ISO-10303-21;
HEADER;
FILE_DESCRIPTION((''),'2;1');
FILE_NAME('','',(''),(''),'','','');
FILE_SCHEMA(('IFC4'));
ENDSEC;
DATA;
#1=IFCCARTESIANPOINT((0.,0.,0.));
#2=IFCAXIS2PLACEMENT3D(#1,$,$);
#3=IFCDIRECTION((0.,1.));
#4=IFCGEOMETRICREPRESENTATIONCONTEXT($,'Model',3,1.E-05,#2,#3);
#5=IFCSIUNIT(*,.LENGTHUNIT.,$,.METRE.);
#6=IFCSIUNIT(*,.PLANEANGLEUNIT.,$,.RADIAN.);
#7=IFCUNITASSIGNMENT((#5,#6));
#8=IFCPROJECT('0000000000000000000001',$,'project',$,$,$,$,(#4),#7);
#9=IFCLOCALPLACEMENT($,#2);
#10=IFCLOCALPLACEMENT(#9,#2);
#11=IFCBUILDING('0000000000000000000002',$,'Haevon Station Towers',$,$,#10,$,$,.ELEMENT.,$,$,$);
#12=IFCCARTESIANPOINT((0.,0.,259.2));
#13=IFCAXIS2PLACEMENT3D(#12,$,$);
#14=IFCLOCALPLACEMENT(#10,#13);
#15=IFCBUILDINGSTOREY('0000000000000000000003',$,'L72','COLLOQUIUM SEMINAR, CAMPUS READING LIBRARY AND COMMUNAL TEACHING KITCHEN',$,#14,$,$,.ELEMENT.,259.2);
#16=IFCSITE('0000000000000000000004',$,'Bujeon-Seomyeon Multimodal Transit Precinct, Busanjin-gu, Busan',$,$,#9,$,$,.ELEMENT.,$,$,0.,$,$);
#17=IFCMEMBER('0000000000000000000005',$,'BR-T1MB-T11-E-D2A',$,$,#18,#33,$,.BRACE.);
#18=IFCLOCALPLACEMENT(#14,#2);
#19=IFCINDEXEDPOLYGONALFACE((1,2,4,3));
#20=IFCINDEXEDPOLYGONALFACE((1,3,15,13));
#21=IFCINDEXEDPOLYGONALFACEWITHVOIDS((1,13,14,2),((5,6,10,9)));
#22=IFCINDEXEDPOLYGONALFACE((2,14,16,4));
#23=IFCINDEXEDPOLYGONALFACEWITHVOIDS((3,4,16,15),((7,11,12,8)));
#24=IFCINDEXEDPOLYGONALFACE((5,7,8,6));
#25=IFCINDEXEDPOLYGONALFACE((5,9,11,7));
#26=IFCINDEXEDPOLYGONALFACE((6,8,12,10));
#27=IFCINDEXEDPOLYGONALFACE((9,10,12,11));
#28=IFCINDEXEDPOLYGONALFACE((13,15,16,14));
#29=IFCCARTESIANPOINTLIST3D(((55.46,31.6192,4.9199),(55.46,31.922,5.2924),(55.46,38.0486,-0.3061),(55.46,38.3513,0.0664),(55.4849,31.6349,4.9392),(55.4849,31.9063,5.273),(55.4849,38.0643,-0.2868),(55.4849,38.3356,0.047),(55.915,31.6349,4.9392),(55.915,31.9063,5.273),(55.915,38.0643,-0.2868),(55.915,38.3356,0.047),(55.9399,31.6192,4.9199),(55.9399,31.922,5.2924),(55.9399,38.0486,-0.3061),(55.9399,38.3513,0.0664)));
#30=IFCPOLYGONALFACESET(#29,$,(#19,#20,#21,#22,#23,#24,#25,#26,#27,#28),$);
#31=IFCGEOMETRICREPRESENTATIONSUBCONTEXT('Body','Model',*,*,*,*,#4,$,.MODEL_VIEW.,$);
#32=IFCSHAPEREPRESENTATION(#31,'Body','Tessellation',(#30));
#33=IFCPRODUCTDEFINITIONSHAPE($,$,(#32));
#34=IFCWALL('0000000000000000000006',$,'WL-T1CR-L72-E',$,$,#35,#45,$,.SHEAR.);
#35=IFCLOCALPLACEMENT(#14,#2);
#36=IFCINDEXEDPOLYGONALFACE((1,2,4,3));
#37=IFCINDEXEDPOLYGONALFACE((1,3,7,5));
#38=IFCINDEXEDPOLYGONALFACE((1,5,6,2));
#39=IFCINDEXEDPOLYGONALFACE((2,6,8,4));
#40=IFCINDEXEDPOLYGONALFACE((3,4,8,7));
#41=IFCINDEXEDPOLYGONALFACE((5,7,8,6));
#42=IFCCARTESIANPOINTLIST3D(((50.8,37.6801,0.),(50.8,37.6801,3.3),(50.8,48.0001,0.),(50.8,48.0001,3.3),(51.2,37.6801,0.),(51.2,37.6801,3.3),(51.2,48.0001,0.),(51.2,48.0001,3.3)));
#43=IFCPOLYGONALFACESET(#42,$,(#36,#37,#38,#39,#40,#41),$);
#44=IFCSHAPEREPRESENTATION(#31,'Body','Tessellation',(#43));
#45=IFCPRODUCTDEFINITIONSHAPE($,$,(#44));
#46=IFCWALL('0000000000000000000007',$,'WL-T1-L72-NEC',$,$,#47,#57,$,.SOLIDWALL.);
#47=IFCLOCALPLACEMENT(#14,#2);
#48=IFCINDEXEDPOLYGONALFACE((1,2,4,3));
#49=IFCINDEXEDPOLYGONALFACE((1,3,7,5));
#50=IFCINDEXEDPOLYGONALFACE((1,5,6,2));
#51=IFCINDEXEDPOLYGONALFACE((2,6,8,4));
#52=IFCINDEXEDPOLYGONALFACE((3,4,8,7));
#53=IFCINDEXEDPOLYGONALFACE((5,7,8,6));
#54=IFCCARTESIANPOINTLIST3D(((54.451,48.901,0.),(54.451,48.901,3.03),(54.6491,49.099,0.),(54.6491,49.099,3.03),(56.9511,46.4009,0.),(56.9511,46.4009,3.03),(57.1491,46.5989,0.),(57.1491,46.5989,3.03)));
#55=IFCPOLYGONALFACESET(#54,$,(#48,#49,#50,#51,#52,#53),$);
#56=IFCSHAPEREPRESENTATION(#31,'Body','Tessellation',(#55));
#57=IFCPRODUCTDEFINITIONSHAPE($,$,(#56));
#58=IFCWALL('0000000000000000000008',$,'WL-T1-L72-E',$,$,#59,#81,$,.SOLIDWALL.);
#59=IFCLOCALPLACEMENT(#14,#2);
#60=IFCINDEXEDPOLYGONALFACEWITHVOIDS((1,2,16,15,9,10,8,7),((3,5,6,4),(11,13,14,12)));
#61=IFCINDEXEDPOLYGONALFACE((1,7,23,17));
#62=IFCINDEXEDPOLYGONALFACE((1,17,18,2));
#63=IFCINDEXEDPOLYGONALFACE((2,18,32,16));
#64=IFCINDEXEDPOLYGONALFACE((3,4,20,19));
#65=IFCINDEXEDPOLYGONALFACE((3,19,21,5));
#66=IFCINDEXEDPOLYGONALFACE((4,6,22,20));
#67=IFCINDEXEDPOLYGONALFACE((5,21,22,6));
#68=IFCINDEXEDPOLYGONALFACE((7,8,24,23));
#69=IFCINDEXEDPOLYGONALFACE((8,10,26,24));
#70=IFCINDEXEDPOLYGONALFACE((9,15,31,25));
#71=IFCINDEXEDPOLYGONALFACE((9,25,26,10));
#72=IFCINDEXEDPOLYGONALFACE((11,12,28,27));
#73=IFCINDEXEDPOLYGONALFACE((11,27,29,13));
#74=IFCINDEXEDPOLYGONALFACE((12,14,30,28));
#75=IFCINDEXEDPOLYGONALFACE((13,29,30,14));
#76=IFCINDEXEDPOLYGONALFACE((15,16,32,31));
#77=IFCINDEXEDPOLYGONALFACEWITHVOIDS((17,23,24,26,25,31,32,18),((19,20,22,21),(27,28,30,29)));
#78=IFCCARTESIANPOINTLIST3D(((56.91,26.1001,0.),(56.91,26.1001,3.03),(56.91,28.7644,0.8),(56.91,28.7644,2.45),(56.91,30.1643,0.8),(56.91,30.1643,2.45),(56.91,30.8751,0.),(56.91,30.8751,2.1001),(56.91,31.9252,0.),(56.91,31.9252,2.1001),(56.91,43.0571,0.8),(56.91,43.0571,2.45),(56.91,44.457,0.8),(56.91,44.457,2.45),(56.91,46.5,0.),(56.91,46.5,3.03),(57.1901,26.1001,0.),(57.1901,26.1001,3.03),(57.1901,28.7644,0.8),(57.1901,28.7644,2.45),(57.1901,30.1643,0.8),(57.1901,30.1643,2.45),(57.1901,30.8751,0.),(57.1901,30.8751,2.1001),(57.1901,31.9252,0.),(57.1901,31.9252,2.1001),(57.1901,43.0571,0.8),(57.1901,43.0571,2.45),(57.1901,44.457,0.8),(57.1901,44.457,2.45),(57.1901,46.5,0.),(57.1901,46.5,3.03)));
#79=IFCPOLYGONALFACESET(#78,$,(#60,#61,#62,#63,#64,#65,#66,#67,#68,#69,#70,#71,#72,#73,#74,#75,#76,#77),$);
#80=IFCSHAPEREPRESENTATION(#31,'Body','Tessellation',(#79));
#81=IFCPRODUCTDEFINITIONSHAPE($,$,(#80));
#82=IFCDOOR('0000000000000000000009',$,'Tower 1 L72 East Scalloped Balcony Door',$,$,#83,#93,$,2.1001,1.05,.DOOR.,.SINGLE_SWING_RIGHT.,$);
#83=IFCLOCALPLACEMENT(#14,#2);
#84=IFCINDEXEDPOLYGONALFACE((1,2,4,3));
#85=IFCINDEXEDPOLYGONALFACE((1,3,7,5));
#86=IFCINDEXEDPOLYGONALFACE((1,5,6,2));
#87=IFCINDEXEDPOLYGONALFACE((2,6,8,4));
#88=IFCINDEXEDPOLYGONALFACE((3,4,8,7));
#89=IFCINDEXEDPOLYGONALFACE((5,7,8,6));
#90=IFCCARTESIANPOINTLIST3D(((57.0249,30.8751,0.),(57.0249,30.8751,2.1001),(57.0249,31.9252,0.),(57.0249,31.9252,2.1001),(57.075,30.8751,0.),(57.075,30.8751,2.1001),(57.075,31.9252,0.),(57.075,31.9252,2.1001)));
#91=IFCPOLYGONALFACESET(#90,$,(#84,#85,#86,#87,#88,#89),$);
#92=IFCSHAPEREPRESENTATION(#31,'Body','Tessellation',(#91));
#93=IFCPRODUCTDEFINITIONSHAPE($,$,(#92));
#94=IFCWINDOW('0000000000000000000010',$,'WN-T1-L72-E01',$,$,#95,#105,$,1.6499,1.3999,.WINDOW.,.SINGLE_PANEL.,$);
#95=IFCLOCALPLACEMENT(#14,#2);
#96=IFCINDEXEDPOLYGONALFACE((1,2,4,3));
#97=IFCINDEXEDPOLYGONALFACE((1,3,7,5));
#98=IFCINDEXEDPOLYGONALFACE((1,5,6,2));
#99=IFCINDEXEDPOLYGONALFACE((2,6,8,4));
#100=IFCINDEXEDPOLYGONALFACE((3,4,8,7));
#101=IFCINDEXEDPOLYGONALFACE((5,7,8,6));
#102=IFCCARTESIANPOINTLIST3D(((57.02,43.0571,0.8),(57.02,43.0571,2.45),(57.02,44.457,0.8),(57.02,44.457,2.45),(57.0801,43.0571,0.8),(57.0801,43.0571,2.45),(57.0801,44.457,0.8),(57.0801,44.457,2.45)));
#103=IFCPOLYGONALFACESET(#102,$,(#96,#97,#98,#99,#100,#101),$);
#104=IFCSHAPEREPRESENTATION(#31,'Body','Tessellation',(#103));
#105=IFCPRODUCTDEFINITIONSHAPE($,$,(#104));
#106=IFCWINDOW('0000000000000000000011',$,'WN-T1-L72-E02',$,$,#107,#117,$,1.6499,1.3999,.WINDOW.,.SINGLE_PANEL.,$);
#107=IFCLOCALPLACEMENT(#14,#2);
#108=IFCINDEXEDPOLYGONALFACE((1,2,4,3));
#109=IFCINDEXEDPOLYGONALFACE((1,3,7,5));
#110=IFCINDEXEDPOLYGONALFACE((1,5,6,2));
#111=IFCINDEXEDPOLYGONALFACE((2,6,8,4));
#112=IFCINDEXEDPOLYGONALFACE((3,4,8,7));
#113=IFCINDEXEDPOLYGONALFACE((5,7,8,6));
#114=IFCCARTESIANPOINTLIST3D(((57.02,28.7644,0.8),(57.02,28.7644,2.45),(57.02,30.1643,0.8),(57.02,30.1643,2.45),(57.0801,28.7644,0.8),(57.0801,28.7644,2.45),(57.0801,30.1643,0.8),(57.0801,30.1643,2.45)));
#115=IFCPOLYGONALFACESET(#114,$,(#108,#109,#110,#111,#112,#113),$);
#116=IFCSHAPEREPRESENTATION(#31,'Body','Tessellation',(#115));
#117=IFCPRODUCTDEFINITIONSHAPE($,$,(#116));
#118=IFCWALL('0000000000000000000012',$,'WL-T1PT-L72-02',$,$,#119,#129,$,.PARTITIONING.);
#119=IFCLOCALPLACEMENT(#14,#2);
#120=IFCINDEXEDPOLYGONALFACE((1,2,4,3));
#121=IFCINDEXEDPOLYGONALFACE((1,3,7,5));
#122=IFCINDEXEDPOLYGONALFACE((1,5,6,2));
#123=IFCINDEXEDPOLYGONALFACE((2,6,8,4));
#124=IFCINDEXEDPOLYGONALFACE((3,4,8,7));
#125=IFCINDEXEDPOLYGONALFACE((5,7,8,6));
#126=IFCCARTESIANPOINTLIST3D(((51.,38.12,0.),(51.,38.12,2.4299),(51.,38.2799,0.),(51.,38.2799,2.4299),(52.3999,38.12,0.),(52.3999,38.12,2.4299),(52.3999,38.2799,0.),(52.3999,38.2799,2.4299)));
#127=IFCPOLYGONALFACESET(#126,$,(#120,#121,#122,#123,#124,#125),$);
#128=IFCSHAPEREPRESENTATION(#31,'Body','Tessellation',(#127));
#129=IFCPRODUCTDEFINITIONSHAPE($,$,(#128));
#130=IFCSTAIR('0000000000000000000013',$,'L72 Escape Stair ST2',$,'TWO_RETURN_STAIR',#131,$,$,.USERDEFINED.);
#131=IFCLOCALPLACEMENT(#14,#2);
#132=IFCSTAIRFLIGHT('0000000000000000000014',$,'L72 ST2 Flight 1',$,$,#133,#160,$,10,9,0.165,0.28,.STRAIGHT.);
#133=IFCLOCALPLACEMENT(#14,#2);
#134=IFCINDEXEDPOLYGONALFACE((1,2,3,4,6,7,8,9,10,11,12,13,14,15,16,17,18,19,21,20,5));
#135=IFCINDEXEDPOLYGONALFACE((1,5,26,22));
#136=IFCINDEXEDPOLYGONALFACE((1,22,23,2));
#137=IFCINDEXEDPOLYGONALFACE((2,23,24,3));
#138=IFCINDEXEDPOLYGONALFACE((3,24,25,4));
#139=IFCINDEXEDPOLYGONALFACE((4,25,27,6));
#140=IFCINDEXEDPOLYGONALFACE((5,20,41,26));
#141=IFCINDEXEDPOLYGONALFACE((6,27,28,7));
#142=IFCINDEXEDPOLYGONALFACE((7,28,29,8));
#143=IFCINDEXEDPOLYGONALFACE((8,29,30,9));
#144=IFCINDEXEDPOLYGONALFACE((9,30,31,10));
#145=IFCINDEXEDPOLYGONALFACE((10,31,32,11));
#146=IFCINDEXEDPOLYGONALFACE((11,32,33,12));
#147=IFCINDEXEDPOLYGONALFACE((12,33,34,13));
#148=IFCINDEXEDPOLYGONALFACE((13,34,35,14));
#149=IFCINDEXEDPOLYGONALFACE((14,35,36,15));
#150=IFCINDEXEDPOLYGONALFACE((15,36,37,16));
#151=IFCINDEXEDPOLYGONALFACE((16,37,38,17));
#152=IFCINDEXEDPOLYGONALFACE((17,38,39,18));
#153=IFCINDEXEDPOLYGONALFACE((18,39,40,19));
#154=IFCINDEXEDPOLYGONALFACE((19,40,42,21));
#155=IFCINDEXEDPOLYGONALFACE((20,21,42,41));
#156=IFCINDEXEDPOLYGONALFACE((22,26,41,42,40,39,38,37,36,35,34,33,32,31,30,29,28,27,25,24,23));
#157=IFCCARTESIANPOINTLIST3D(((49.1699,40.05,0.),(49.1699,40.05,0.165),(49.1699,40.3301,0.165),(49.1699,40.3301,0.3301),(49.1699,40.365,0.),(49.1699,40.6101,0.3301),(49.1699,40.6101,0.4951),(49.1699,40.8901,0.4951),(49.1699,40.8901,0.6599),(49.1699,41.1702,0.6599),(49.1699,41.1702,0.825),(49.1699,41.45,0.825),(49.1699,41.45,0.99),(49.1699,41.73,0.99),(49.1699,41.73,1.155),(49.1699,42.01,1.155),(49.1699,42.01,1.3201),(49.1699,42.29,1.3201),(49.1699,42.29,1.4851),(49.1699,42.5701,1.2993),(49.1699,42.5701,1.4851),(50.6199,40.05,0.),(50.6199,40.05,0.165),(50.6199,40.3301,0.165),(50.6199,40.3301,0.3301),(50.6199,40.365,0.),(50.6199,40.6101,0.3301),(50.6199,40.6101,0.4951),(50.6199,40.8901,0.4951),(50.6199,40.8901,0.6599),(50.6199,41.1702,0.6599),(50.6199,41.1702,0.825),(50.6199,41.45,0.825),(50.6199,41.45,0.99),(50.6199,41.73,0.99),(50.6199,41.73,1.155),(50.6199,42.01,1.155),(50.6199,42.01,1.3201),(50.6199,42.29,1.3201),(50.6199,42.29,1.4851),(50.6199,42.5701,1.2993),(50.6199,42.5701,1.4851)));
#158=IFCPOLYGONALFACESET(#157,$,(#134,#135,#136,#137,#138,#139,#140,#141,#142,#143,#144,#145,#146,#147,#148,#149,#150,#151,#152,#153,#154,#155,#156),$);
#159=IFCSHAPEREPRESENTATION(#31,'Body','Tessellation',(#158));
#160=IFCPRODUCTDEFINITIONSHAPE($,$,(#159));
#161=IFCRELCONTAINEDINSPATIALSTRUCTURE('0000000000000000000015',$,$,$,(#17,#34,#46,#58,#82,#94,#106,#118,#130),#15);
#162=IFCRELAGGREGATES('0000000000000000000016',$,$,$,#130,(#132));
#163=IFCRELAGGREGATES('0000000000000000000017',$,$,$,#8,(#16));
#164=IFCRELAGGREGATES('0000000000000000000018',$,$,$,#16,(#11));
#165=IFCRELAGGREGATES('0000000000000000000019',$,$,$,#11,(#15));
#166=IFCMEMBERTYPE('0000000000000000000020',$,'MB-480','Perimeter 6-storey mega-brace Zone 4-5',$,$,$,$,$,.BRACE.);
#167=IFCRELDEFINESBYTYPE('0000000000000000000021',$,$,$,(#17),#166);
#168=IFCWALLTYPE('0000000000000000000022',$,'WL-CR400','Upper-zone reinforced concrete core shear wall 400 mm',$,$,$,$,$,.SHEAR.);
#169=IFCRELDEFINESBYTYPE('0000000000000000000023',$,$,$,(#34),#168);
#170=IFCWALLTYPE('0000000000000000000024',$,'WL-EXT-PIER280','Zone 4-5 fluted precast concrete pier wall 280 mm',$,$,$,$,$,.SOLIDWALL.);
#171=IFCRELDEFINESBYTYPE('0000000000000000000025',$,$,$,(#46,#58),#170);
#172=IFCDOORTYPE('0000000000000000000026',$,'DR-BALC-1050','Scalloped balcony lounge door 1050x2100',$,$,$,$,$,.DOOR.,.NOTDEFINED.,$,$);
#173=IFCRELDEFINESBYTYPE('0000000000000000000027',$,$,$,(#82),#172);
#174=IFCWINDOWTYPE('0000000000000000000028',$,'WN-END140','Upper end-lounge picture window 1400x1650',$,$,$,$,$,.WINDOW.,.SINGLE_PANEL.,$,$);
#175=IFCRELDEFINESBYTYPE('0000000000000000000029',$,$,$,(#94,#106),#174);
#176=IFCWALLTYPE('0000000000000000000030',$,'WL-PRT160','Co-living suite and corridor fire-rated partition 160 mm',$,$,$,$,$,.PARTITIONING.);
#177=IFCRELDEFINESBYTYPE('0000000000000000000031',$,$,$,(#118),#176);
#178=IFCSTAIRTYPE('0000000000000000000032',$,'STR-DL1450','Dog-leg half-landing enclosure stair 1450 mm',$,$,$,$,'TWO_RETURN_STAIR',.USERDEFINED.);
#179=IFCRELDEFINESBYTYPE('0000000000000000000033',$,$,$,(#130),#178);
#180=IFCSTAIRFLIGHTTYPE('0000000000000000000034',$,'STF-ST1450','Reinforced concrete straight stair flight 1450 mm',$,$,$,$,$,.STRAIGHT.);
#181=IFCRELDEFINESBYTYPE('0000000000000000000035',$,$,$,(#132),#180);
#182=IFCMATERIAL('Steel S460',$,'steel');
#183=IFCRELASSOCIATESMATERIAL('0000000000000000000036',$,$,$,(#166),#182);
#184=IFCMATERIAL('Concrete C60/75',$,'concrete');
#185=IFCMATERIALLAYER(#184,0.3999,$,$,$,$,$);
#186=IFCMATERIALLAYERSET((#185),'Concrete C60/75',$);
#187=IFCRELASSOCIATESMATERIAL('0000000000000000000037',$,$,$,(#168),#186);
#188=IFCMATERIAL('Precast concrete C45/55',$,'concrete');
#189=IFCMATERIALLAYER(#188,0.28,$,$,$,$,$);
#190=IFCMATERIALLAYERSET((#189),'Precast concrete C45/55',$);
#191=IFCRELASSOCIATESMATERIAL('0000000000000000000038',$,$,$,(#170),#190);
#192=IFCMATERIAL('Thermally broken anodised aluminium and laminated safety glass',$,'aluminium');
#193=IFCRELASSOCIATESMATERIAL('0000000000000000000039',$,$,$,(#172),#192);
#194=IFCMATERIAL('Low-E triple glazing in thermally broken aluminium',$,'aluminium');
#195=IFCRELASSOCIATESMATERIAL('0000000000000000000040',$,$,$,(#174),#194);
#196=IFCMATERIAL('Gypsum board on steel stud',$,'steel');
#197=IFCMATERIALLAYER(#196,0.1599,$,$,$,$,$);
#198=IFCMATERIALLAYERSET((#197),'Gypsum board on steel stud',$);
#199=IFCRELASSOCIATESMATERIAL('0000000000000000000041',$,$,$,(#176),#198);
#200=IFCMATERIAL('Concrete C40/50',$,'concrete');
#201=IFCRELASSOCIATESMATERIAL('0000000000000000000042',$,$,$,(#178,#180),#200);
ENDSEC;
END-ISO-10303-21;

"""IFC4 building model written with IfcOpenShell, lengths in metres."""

from ifc_helpers import new_model, si_unit, direction, frame, frame_2d, origin, origin_2d, place, context, subcontext, project, spatial, polyline, rectangle, hollow_rectangle, outline, extrude, material, layer, layer_set, material_profile, profile_set, type_object, element, fill, aggregate, save


model = new_model("IFC4")

# Units and contexts
model_context = context("Model", 3, precision=1e-05, world=origin(), true_north=direction((0.0, 1.0)))
body_context = subcontext(model_context, "Body", "Model", "MODEL_VIEW")
ifc_project = project(units=[si_unit("LENGTHUNIT", "METRE"), si_unit("PLANEANGLEUNIT", "RADIAN")], contexts=[model_context])

# Site, building, storey
site_placement = place(None, origin())
site = spatial("IfcSite", under=ifc_project, at=site_placement, Name="Bujeon-Seomyeon Multimodal Transit Precinct, Busanjin-gu, Busan", CompositionType="ELEMENT", RefElevation=0.0)
building_placement = place(site_placement, origin())
building = spatial("IfcBuilding", under=site, at=building_placement, Name="Haevon Station Towers", CompositionType="ELEMENT")
storey_placement = place(building_placement, frame((0.0, 0.0, 259.2)))
storey = spatial("IfcBuildingStorey", under=building, at=storey_placement, Name="L72", Description="COLLOQUIUM SEMINAR, CAMPUS READING LIBRARY AND COMMUNAL TEACHING KITCHEN", CompositionType="ELEMENT", Elevation=259.2)

# Shared definitions
ifc_material_1 = material(Name="Steel S460", Category="steel")

# Member
ifc_material_profile_1 = material_profile(ifc_material_1, hollow_rectangle(XDim=0.48, YDim=0.48, WallThickness=0.0249, at=origin_2d()), Name="RHS-480x480x25")
ifc_profile_set_1 = profile_set([ifc_material_profile_1], Name="Steel S460")
member_type = type_object("IfcMemberType", Name="MB-480", Description="Perimeter 6-storey mega-brace Zone 4-5", PredefinedType="BRACE", material=ifc_profile_set_1)
member_placement = place(storey_placement, frame((55.7, 38.2, -0.1199), z_axis=(0.0, -0.775987, 0.630749), x_axis=(1.0, 0.0, 0.0)))
element("IfcMember", 1, at=member_placement, inside=storey, type_object=member_type, Name="BR-T1MB-T11-E-D2A", PredefinedType="BRACE", context=body_context, shape_type="SweptSolid", body=[
    extrude(hollow_rectangle(XDim=0.48, YDim=0.48, WallThickness=0.0249, at=origin_2d()), origin(), (0.0, 0.0, 1.0), 8.2854),
])

# Walls
ifc_material_2 = material(Name="Concrete C60/75", Category="concrete")
ifc_layer_1 = layer(ifc_material_2, 0.3999)
ifc_layer_set_1 = layer_set([ifc_layer_1], Name="Concrete C60/75")
wall_type_1 = type_object("IfcWallType", Name="WL-CR400", Description="Upper-zone reinforced concrete core shear wall 400 mm", PredefinedType="SHEAR", material=ifc_layer_set_1)
wall_1_placement = place(storey_placement, frame((51.0, 37.6799, 0.0), z_axis=(0.0, 0.0, 1.0), x_axis=(0.0, 1.0, 0.0)))
element("IfcWall", 2, at=wall_1_placement, inside=storey, type_object=wall_type_1, Name="WL-T1CR-L72-E", PredefinedType="SHEAR", context=body_context, shape_type="SweptSolid", body=[
    extrude(rectangle(XDim=10.3201, YDim=0.3999, at=frame_2d((5.1602, 0.0))), origin(), (0.0, 0.0, 1.0), 3.3),
])
ifc_material_3 = material(Name="Precast concrete C45/55", Category="concrete")
ifc_layer_2 = layer(ifc_material_3, 0.28)
ifc_layer_set_2 = layer_set([ifc_layer_2], Name="Precast concrete C45/55")
wall_type_2 = type_object("IfcWallType", Name="WL-EXT-PIER280", Description="Zone 4-5 fluted precast concrete pier wall 280 mm", PredefinedType="SOLIDWALL", material=ifc_layer_set_2)
wall_2_placement = place(storey_placement, frame((54.55, 49.0, 0.0), z_axis=(0.0, 0.0, 1.0), x_axis=(0.707107, -0.707107, 0.0)))
element("IfcWall", 3, at=wall_2_placement, inside=storey, type_object=wall_type_2, Name="WL-T1-L72-NEC", PredefinedType="SOLIDWALL", context=body_context, shape_type="SweptSolid", body=[
    extrude(rectangle(XDim=3.5356, YDim=0.28, at=frame_2d((1.7678, 0.0))), origin(), (0.0, 0.0, 1.0), 3.03),
])

# Wall, openings, door, windows
wall_3_placement = place(storey_placement, frame((57.05, 46.5, 0.0), z_axis=(0.0, 0.0, 1.0), x_axis=(0.0, -1.0, 0.0)))
wall_3 = element("IfcWall", 4, at=wall_3_placement, inside=storey, type_object=wall_type_2, Name="WL-T1-L72-E", PredefinedType="SOLIDWALL", context=body_context, shape_type="SweptSolid", body=[
    extrude(rectangle(XDim=20.3999, YDim=0.28, at=frame_2d((10.2, 0.0))), origin(), (0.0, 0.0, 1.0), 3.03),
])
opening_1_placement = place(wall_3_placement, frame((14.575, 0.0, 0.0)))
opening_1 = element("IfcOpeningElement", 5, at=opening_1_placement, cuts=wall_3, PredefinedType="OPENING", context=body_context, shape_type="SweptSolid", body=[
    extrude(rectangle(XDim=1.05, YDim=2.1001, at=frame_2d((0.5249, 1.05))), frame((0.0, 0.1499, 0.0), z_axis=(0.0, -1.0, 0.0), x_axis=(1.0, 0.0, 0.0)), (0.0, 0.0, 1.0), 0.3),
])
opening_2_placement = place(wall_3_placement, frame((2.043, 0.0, 0.8)))
opening_2 = element("IfcOpeningElement", 6, at=opening_2_placement, cuts=wall_3, PredefinedType="OPENING", context=body_context, shape_type="SweptSolid", body=[
    extrude(rectangle(XDim=1.3999, YDim=1.6499, at=frame_2d((0.7, 0.825))), frame((0.0, 0.1499, 0.0), z_axis=(0.0, -1.0, 0.0), x_axis=(1.0, 0.0, 0.0)), (0.0, 0.0, 1.0), 0.3),
])
opening_3_placement = place(wall_3_placement, frame((16.3357, 0.0, 0.8)))
opening_3 = element("IfcOpeningElement", 7, at=opening_3_placement, cuts=wall_3, PredefinedType="OPENING", context=body_context, shape_type="SweptSolid", body=[
    extrude(rectangle(XDim=1.3999, YDim=1.6499, at=frame_2d((0.7, 0.825))), frame((0.0, 0.1499, 0.0), z_axis=(0.0, -1.0, 0.0), x_axis=(1.0, 0.0, 0.0)), (0.0, 0.0, 1.0), 0.3),
])
ifc_material_4 = material(Name="Thermally broken anodised aluminium and laminated safety glass", Category="aluminium")
door_type = type_object("IfcDoorType", Name="DR-BALC-1050", Description="Scalloped balcony lounge door 1050x2100", OperationType="NOTDEFINED", PredefinedType="DOOR", material=ifc_material_4)
door_placement = place(opening_1_placement, origin())
door = element("IfcDoor", 8, at=door_placement, inside=storey, type_object=door_type, Name="Tower 1 L72 East Scalloped Balcony Door", OperationType="SINGLE_SWING_RIGHT", OverallHeight=2.1001, OverallWidth=1.05, PredefinedType="DOOR", context=body_context, shape_type="SweptSolid", body=[
    extrude(rectangle(XDim=1.05, YDim=2.1001, at=frame_2d((0.5249, 1.05))), frame((0.0, 0.0249, 0.0), z_axis=(0.0, -1.0, 0.0), x_axis=(1.0, 0.0, 0.0)), (0.0, 0.0, 1.0), 0.05),
])
fill(opening_1, door)
ifc_material_5 = material(Name="Low-E triple glazing in thermally broken aluminium", Category="aluminium")
window_type = type_object("IfcWindowType", Name="WN-END140", Description="Upper end-lounge picture window 1400x1650", PartitioningType="SINGLE_PANEL", PredefinedType="WINDOW", material=ifc_material_5)
window_1_placement = place(opening_2_placement, origin())
window_1 = element("IfcWindow", 9, at=window_1_placement, inside=storey, type_object=window_type, Name="WN-T1-L72-E01", OverallHeight=1.6499, OverallWidth=1.3999, PartitioningType="SINGLE_PANEL", PredefinedType="WINDOW", context=body_context, shape_type="SweptSolid", body=[
    extrude(rectangle(XDim=1.3999, YDim=1.6499, at=frame_2d((0.7, 0.825))), frame((0.0, 0.03, 0.0), z_axis=(0.0, -1.0, 0.0), x_axis=(1.0, 0.0, 0.0)), (0.0, 0.0, 1.0), 0.0601),
])
fill(opening_2, window_1)
window_2_placement = place(opening_3_placement, origin())
window_2 = element("IfcWindow", 10, at=window_2_placement, inside=storey, type_object=window_type, Name="WN-T1-L72-E02", OverallHeight=1.6499, OverallWidth=1.3999, PartitioningType="SINGLE_PANEL", PredefinedType="WINDOW", context=body_context, shape_type="SweptSolid", body=[
    extrude(rectangle(XDim=1.3999, YDim=1.6499, at=frame_2d((0.7, 0.825))), frame((0.0, 0.03, 0.0), z_axis=(0.0, -1.0, 0.0), x_axis=(1.0, 0.0, 0.0)), (0.0, 0.0, 1.0), 0.0601),
])
fill(opening_3, window_2)

# Wall
ifc_material_6 = material(Name="Gypsum board on steel stud", Category="steel")
ifc_layer_3 = layer(ifc_material_6, 0.1599)
ifc_layer_set_3 = layer_set([ifc_layer_3], Name="Gypsum board on steel stud")
wall_type_3 = type_object("IfcWallType", Name="WL-PRT160", Description="Co-living suite and corridor fire-rated partition 160 mm", PredefinedType="PARTITIONING", material=ifc_layer_set_3)
wall_4_placement = place(storey_placement, frame((51.0, 38.2, 0.0), z_axis=(0.0, 0.0, 1.0), x_axis=(1.0, 0.0, 0.0)))
element("IfcWall", 11, at=wall_4_placement, inside=storey, type_object=wall_type_3, Name="WL-T1PT-L72-02", PredefinedType="PARTITIONING", context=body_context, shape_type="SweptSolid", body=[
    extrude(rectangle(XDim=1.3999, YDim=0.1599, at=frame_2d((0.7, 0.0))), origin(), (0.0, 0.0, 1.0), 2.4299),
])

# Stair, stair flight
ifc_material_7 = material(Name="Concrete C40/50", Category="concrete")
stair_type = type_object("IfcStairType", Name="STR-DL1450", Description="Dog-leg half-landing enclosure stair 1450 mm", ElementType="TWO_RETURN_STAIR", PredefinedType="USERDEFINED", material=ifc_material_7)
stair_placement = place(storey_placement, origin())
stair = element("IfcStair", 12, at=stair_placement, inside=storey, type_object=stair_type, Name="L72 Escape Stair ST2", ObjectType="TWO_RETURN_STAIR", PredefinedType="USERDEFINED")
stair_flight_type = type_object("IfcStairFlightType", Name="STF-ST1450", Description="Reinforced concrete straight stair flight 1450 mm", PredefinedType="STRAIGHT", material=ifc_material_7)
stair_flight_1_placement = place(storey_placement, frame((49.895, 40.05, 0.0), z_axis=(0.0, 0.0, 1.0), x_axis=(0.0, 1.0, 0.0)))
stair_flight_1 = element("IfcStairFlight", 13, at=stair_flight_1_placement, type_object=stair_flight_type, Name="L72 ST2 Flight 1", NumberOfRisers=10, NumberOfTreads=9, PredefinedType="STRAIGHT", RiserHeight=0.165, TreadLength=0.28, context=body_context, shape_type="SweptSolid", body=[
    extrude(outline(polyline([(0.0, 0.0), (0.0, 0.165), (0.28, 0.165), (0.28, 0.3301), (0.5601, 0.3301), (0.5601, 0.4951), (0.8401, 0.4951), (0.8401, 0.6599), (1.1201, 0.6599), (1.1201, 0.825), (1.3999, 0.825), (1.3999, 0.99), (1.6799, 0.99), (1.6799, 1.155), (1.96, 1.155), (1.96, 1.3201), (2.24, 1.3201), (2.24, 1.4851), (2.52, 1.4851), (2.52, 1.6499), (2.52, 1.2993), (0.3149, 0.0), (0.0, 0.0)])), frame((0.0, 0.7251, 0.0), z_axis=(0.0, -1.0, 0.0), x_axis=(1.0, 0.0, 0.0)), (0.0, 0.0, 1.0), 1.45),
])
aggregate(stair, [stair_flight_1])

save(model, "model.ifc")
